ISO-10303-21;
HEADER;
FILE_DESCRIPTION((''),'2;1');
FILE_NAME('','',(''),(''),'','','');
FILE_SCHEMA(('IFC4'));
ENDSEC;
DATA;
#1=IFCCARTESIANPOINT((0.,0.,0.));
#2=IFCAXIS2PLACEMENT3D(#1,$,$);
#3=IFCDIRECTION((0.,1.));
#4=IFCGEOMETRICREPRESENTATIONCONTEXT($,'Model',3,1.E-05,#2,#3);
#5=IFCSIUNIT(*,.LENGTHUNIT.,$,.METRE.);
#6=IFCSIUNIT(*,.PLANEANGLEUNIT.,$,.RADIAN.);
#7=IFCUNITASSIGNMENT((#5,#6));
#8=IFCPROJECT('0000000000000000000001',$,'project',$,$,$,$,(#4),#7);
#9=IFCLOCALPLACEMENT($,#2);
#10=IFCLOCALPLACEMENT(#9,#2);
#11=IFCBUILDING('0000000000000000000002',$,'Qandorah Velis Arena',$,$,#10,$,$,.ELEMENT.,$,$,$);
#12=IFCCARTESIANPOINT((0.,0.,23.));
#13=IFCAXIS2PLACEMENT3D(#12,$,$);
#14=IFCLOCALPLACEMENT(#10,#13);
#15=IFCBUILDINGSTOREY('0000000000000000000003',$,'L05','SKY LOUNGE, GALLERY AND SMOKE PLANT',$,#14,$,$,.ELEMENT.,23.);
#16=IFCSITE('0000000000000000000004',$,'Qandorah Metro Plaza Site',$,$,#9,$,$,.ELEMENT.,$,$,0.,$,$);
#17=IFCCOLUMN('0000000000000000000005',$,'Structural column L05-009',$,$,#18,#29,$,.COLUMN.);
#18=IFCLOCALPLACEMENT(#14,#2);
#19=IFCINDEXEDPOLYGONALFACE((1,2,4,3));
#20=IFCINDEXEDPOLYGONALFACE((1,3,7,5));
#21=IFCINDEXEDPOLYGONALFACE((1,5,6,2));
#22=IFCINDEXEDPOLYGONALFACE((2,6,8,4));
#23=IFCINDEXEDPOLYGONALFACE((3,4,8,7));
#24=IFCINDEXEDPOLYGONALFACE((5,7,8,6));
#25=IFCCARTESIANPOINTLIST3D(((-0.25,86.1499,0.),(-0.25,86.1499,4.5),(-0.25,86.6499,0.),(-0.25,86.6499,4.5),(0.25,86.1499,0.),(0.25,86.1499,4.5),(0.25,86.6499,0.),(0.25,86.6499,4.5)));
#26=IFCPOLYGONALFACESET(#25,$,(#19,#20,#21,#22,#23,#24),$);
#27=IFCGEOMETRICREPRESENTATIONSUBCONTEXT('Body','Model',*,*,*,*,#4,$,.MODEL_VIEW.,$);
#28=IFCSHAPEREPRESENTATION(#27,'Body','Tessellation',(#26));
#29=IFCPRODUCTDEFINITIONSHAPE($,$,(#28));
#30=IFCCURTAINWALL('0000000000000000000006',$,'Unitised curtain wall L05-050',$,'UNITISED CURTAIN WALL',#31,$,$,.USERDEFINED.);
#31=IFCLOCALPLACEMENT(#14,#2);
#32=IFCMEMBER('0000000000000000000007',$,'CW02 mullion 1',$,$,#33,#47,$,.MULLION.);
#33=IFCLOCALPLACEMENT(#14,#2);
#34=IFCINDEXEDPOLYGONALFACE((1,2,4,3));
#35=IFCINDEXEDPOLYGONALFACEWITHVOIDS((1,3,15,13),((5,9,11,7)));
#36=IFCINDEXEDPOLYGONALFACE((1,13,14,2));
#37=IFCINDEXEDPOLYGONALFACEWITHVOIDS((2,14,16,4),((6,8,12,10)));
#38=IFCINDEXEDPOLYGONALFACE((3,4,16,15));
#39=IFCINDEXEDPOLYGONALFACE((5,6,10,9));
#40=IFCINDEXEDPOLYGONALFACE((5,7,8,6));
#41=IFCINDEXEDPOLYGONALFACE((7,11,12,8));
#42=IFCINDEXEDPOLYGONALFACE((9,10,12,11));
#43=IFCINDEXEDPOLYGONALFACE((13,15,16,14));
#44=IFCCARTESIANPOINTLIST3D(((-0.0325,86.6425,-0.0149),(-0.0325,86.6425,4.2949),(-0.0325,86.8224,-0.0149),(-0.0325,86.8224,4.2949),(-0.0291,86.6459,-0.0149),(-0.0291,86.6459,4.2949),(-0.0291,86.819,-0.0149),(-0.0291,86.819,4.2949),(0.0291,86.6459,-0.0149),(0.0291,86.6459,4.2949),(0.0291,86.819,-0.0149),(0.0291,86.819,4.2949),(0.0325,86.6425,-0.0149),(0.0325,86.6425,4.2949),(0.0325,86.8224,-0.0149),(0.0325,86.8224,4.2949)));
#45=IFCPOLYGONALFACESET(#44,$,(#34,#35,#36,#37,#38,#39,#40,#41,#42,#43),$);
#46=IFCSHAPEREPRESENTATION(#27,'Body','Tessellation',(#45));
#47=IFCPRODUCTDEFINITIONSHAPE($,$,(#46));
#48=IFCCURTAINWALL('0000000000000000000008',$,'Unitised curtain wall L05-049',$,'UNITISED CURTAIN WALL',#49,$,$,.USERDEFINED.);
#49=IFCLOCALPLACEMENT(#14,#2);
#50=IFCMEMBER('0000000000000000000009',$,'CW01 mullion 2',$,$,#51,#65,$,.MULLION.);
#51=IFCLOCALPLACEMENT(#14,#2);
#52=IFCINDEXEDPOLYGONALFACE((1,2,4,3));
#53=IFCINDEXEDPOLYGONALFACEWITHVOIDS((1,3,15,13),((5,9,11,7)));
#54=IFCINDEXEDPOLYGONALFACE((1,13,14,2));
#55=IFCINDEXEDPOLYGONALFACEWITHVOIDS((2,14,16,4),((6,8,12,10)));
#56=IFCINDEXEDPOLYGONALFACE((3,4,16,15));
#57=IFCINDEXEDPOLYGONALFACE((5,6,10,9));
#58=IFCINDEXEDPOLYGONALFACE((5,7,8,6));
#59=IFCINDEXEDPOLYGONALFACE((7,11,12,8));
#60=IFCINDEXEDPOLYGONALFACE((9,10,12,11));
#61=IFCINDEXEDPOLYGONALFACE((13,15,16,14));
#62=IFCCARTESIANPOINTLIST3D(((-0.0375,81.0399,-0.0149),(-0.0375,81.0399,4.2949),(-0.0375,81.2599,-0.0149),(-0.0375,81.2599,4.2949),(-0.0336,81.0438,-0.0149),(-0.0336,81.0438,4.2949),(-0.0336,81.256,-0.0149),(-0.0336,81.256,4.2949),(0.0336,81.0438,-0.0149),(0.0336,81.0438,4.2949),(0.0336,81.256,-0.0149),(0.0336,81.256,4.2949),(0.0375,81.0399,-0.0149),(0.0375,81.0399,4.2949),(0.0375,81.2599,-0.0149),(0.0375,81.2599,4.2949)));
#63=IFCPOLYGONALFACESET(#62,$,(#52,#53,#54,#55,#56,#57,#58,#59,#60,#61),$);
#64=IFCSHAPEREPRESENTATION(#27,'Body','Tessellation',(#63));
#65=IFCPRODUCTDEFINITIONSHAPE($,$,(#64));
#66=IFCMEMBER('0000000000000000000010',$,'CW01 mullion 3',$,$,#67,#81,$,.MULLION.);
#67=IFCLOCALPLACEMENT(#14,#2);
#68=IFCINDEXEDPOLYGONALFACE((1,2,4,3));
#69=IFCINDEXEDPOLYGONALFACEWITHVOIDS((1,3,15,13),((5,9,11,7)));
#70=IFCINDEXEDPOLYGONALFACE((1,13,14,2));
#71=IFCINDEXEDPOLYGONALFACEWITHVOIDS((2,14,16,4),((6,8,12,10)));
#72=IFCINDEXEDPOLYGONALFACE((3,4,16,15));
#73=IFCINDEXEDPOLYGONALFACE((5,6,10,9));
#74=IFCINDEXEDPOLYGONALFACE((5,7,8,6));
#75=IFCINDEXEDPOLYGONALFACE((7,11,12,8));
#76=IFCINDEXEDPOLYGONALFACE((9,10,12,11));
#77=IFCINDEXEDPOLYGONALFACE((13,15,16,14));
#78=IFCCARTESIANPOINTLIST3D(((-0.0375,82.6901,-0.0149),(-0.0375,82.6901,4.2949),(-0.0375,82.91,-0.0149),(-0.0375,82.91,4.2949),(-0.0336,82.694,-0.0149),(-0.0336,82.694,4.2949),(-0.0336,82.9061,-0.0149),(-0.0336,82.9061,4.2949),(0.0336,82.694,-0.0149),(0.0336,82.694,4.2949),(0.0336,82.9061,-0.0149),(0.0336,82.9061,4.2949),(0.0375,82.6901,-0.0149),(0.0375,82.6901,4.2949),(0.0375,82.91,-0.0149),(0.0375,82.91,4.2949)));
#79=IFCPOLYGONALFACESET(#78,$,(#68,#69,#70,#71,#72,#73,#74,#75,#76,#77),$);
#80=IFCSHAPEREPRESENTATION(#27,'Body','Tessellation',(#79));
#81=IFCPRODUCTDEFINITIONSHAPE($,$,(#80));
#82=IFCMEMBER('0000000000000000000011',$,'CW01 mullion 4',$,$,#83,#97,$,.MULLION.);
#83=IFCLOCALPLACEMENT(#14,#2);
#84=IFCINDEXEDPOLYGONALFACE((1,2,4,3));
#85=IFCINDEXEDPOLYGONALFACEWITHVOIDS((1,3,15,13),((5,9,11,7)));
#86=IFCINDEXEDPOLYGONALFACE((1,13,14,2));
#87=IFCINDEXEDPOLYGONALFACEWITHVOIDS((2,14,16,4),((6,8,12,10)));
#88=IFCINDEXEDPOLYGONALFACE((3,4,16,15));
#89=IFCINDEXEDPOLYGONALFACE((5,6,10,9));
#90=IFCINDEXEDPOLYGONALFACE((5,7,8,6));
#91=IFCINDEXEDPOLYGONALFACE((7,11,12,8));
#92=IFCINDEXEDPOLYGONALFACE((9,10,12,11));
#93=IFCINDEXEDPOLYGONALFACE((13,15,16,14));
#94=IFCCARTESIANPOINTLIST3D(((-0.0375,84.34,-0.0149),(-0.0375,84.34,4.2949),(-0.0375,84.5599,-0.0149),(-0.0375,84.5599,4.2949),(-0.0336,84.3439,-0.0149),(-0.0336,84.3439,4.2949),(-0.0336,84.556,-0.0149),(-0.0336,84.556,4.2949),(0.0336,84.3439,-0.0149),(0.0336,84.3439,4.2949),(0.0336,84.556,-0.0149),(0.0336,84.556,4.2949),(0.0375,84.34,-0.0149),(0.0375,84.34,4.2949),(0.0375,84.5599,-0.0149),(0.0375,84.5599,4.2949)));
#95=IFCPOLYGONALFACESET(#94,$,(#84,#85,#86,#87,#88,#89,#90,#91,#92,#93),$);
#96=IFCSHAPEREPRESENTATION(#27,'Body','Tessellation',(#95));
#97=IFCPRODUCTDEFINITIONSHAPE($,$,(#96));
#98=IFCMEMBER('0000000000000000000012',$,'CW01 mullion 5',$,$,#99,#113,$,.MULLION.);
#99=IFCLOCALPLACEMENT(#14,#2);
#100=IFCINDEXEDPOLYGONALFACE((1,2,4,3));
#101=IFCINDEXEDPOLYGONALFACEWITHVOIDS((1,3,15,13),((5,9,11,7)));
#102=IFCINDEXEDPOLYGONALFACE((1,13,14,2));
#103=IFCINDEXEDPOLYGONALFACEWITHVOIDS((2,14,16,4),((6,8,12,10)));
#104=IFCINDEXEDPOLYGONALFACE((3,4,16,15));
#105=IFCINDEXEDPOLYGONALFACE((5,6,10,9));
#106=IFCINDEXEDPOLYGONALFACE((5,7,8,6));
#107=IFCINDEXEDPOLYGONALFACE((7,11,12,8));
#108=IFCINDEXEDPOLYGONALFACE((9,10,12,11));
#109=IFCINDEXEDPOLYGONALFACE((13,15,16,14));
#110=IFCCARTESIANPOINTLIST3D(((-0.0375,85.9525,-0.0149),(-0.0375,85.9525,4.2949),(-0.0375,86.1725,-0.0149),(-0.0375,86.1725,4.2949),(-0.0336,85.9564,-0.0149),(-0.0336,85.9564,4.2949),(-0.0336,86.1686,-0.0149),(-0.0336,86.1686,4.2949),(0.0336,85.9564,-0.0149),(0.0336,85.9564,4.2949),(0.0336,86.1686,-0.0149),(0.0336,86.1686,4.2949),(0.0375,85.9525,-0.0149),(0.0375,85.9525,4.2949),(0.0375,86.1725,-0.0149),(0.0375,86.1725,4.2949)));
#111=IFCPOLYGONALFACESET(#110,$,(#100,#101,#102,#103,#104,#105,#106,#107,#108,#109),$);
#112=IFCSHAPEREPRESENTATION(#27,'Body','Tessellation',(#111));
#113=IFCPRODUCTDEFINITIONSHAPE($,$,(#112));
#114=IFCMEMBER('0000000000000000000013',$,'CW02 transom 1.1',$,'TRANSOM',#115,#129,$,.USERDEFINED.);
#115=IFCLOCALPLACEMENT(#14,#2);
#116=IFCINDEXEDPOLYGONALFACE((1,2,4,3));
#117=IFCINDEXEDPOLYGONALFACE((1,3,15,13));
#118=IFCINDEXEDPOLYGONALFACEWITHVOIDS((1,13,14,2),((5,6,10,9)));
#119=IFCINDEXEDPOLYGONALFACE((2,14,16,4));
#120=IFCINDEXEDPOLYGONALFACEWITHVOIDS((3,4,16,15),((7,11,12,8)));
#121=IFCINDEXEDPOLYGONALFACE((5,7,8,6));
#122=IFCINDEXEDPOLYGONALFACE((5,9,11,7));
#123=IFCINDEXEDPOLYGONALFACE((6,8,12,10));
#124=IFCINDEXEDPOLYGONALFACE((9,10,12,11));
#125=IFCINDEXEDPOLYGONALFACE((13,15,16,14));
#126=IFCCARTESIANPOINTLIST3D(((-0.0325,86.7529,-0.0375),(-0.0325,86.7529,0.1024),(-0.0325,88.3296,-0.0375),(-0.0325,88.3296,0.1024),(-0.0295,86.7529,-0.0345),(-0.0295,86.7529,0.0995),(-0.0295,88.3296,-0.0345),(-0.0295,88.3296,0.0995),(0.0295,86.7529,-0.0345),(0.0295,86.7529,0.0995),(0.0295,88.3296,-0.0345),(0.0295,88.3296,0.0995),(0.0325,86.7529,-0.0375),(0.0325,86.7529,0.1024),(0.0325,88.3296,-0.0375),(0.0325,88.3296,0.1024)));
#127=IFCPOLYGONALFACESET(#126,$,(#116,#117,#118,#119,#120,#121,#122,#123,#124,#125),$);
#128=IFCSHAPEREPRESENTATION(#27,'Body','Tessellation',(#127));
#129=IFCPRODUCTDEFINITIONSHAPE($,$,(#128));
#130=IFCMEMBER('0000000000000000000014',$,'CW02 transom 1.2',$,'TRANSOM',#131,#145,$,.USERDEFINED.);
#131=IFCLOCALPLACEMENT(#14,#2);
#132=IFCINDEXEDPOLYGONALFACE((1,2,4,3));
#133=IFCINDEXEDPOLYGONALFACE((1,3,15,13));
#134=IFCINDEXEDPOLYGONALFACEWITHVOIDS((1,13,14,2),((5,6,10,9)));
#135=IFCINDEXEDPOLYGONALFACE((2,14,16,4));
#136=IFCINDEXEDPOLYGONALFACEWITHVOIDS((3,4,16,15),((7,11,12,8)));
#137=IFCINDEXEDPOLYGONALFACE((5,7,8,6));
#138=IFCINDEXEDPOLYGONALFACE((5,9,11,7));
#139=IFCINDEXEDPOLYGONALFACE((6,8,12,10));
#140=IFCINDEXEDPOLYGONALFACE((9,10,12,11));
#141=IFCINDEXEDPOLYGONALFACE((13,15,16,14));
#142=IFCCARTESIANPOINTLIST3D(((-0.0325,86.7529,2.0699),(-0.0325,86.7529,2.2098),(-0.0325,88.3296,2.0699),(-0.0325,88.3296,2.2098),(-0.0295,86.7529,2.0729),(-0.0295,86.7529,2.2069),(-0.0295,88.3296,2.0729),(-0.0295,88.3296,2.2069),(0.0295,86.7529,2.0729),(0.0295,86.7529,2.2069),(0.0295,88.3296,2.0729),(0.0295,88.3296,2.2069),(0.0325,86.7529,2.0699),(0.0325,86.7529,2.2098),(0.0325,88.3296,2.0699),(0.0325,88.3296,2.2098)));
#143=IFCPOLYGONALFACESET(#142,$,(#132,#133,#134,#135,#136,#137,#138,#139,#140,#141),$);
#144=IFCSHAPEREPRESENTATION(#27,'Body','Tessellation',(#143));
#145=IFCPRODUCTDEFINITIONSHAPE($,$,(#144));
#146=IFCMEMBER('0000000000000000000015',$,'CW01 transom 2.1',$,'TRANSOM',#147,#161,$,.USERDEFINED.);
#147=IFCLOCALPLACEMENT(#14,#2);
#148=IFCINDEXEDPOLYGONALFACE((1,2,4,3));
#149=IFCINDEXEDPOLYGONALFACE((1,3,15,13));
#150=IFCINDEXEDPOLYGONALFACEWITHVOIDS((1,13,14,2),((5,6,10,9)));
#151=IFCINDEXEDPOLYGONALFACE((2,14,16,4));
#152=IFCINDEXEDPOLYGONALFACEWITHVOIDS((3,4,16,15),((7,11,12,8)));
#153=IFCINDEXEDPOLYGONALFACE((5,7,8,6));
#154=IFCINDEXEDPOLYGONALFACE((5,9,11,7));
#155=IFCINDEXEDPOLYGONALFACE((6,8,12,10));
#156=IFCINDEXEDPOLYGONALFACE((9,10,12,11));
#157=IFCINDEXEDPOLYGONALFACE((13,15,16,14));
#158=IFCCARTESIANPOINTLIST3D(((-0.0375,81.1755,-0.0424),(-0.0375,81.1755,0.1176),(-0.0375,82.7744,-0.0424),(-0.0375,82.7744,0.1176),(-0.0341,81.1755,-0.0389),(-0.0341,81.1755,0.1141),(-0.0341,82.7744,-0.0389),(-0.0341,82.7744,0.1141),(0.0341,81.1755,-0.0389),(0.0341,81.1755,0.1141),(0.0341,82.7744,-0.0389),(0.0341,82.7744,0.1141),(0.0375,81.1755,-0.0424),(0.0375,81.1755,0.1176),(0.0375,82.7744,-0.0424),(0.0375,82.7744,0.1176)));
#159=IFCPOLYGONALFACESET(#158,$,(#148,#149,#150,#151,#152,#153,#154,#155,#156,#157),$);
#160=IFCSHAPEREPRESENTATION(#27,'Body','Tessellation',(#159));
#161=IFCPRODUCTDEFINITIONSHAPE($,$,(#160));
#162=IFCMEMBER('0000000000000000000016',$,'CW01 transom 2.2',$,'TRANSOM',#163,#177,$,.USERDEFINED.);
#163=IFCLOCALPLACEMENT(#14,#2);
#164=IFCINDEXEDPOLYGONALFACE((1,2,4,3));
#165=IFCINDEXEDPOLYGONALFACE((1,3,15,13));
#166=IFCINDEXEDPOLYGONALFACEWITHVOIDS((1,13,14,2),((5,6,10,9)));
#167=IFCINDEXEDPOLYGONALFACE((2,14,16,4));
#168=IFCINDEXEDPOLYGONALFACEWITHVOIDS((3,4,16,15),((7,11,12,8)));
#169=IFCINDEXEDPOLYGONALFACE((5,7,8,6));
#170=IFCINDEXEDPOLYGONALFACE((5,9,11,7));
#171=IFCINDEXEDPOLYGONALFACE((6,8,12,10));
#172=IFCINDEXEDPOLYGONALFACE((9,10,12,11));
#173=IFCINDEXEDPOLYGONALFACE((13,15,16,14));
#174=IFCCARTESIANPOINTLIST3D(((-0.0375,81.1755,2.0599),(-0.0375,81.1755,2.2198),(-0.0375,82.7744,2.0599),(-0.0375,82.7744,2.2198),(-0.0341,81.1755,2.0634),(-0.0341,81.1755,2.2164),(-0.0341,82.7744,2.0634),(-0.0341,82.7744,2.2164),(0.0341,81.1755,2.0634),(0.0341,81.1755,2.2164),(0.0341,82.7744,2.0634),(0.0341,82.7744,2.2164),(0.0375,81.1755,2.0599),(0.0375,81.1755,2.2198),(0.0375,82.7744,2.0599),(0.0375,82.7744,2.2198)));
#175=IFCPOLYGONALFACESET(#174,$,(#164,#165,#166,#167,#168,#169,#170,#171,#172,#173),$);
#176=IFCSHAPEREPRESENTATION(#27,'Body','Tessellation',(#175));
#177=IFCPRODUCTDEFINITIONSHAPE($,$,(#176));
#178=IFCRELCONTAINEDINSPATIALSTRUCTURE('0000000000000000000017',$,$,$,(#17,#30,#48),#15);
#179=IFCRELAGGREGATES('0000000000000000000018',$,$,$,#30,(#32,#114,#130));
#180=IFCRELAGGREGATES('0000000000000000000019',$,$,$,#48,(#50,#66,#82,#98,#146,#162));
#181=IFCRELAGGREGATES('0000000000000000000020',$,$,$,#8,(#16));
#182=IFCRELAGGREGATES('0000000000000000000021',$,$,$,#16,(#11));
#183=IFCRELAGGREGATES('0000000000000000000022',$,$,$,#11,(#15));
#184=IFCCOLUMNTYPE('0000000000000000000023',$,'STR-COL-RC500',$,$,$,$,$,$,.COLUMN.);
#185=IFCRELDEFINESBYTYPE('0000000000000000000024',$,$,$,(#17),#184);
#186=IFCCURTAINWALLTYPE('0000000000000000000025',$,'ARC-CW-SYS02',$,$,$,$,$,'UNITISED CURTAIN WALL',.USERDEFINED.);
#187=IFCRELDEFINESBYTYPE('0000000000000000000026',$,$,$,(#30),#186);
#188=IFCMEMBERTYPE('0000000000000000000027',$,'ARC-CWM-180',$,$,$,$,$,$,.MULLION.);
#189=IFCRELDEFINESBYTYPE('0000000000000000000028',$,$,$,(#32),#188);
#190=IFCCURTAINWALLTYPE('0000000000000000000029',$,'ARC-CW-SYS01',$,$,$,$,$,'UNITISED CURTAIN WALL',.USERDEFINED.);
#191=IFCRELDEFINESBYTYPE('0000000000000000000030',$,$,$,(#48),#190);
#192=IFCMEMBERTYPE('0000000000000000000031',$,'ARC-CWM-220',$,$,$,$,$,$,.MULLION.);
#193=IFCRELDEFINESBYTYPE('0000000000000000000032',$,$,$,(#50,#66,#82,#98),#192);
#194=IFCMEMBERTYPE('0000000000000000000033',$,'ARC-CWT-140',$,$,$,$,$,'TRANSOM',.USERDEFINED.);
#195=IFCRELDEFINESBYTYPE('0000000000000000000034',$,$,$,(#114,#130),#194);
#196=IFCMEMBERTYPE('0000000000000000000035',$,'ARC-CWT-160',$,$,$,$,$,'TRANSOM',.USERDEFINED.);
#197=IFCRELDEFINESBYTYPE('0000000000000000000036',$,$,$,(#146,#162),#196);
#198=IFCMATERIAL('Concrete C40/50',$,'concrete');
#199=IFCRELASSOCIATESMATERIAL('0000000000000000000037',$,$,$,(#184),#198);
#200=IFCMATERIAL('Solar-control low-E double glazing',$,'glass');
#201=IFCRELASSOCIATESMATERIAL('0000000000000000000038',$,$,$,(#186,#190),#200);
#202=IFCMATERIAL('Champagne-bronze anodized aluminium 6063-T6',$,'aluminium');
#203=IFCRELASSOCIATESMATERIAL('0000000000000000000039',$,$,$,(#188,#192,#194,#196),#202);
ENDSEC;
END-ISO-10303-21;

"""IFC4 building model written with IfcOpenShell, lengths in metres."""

from ifc_helpers import new_model, si_unit, direction, frame, origin, origin_2d, place, context, subcontext, project, spatial, rectangle, hollow_rectangle, extrude, material, material_profile, profile_set, type_object, element, aggregate, save


model = new_model("IFC4")

# Units and contexts
model_context = context("Model", 3, precision=1e-05, world=origin(), true_north=direction((0.0, 1.0)))
body_context = subcontext(model_context, "Body", "Model", "MODEL_VIEW")
ifc_project = project(units=[si_unit("LENGTHUNIT", "METRE"), si_unit("PLANEANGLEUNIT", "RADIAN")], contexts=[model_context])

# Site, building, storey
site_placement = place(None, origin())
site = spatial("IfcSite", under=ifc_project, at=site_placement, Name="Qandorah Metro Plaza Site", CompositionType="ELEMENT", RefElevation=0.0)
building_placement = place(site_placement, origin())
building = spatial("IfcBuilding", under=site, at=building_placement, Name="Qandorah Velis Arena", CompositionType="ELEMENT")
storey_placement = place(building_placement, frame((0.0, 0.0, 23.0)))
storey = spatial("IfcBuildingStorey", under=building, at=storey_placement, Name="L05", Description="SKY LOUNGE, GALLERY AND SMOKE PLANT", CompositionType="ELEMENT", Elevation=23.0)

# Column
ifc_material_1 = material(Name="Concrete C40/50", Category="concrete")
ifc_material_profile_1 = material_profile(ifc_material_1, rectangle(XDim=0.5, YDim=0.5, at=origin_2d()), Name="RC COL 500x500")
ifc_profile_set_1 = profile_set([ifc_material_profile_1], Name="Concrete C40/50")
column_type = type_object("IfcColumnType", Name="STR-COL-RC500", PredefinedType="COLUMN", material=ifc_profile_set_1)
column_placement = place(storey_placement, frame((0.0, 86.3999, 0.0), z_axis=(0.0, 0.0, 1.0), x_axis=(1.0, 0.0, 0.0)))
element("IfcColumn", 1, at=column_placement, inside=storey, type_object=column_type, Name="Structural column L05-009", PredefinedType="COLUMN", context=body_context, shape_type="SweptSolid", body=[
    extrude(rectangle(XDim=0.5, YDim=0.5, at=origin_2d()), origin(), (0.0, 0.0, 1.0), 4.5),
])

# Curtain wall, member
ifc_material_2 = material(Name="Solar-control low-E double glazing", Category="glass")
curtain_wall_type_1 = type_object("IfcCurtainWallType", Name="ARC-CW-SYS02", ElementType="UNITISED CURTAIN WALL", PredefinedType="USERDEFINED", material=ifc_material_2)
curtain_wall_1_placement = place(storey_placement, origin())
curtain_wall_1 = element("IfcCurtainWall", 2, at=curtain_wall_1_placement, inside=storey, type_object=curtain_wall_type_1, Name="Unitised curtain wall L05-050", ObjectType="UNITISED CURTAIN WALL", PredefinedType="USERDEFINED")
ifc_material_3 = material(Name="Champagne-bronze anodized aluminium 6063-T6", Category="aluminium")
ifc_material_profile_2 = material_profile(ifc_material_3, hollow_rectangle(XDim=0.0649, YDim=0.1799, WallThickness=0.0034, at=origin_2d()), Name="ALU MULLION 65x180")
ifc_profile_set_2 = profile_set([ifc_material_profile_2], Name="Champagne-bronze anodized aluminium 6063-T6")
member_type_1 = type_object("IfcMemberType", Name="ARC-CWM-180", PredefinedType="MULLION", material=ifc_profile_set_2)
member_1_placement = place(storey_placement, frame((0.0, 86.7324, -0.0149), z_axis=(0.0, 0.0, 1.0), x_axis=(-1.0, 0.0, 0.0)))
member_1 = element("IfcMember", 3, at=member_1_placement, type_object=member_type_1, Name="CW02 mullion 1", PredefinedType="MULLION", context=body_context, shape_type="SweptSolid", body=[
    extrude(hollow_rectangle(XDim=0.0649, YDim=0.1799, WallThickness=0.0034, at=origin_2d()), origin(), (0.0, 0.0, 1.0), 4.3098),
])

# Curtain wall, members
curtain_wall_type_2 = type_object("IfcCurtainWallType", Name="ARC-CW-SYS01", ElementType="UNITISED CURTAIN WALL", PredefinedType="USERDEFINED", material=ifc_material_2)
curtain_wall_2_placement = place(storey_placement, origin())
curtain_wall_2 = element("IfcCurtainWall", 4, at=curtain_wall_2_placement, inside=storey, type_object=curtain_wall_type_2, Name="Unitised curtain wall L05-049", ObjectType="UNITISED CURTAIN WALL", PredefinedType="USERDEFINED")
ifc_material_profile_3 = material_profile(ifc_material_3, hollow_rectangle(XDim=0.075, YDim=0.22, WallThickness=0.0039, at=origin_2d()), Name="ALU MULLION 75x220")
ifc_profile_set_3 = profile_set([ifc_material_profile_3], Name="Champagne-bronze anodized aluminium 6063-T6")
member_type_2 = type_object("IfcMemberType", Name="ARC-CWM-220", PredefinedType="MULLION", material=ifc_profile_set_3)
member_2_placement = place(storey_placement, frame((0.0, 81.1499, -0.0149), z_axis=(0.0, 0.0, 1.0), x_axis=(-1.0, 0.0, 0.0)))
member_2 = element("IfcMember", 5, at=member_2_placement, type_object=member_type_2, Name="CW01 mullion 2", PredefinedType="MULLION", context=body_context, shape_type="SweptSolid", body=[
    extrude(hollow_rectangle(XDim=0.075, YDim=0.22, WallThickness=0.0039, at=origin_2d()), origin(), (0.0, 0.0, 1.0), 4.3098),
])
member_3_placement = place(storey_placement, frame((0.0, 82.8, -0.0149), z_axis=(0.0, 0.0, 1.0), x_axis=(-1.0, 0.0, 0.0)))
member_3 = element("IfcMember", 6, at=member_3_placement, type_object=member_type_2, Name="CW01 mullion 3", PredefinedType="MULLION", context=body_context, shape_type="SweptSolid", body=[
    extrude(hollow_rectangle(XDim=0.075, YDim=0.22, WallThickness=0.0039, at=origin_2d()), origin(), (0.0, 0.0, 1.0), 4.3098),
])
member_4_placement = place(storey_placement, frame((0.0, 84.45, -0.0149), z_axis=(0.0, 0.0, 1.0), x_axis=(-1.0, 0.0, 0.0)))
member_4 = element("IfcMember", 7, at=member_4_placement, type_object=member_type_2, Name="CW01 mullion 4", PredefinedType="MULLION", context=body_context, shape_type="SweptSolid", body=[
    extrude(hollow_rectangle(XDim=0.075, YDim=0.22, WallThickness=0.0039, at=origin_2d()), origin(), (0.0, 0.0, 1.0), 4.3098),
])
member_5_placement = place(storey_placement, frame((0.0, 86.0625, -0.0149), z_axis=(0.0, 0.0, 1.0), x_axis=(-1.0, 0.0, 0.0)))
member_5 = element("IfcMember", 8, at=member_5_placement, type_object=member_type_2, Name="CW01 mullion 5", PredefinedType="MULLION", context=body_context, shape_type="SweptSolid", body=[
    extrude(hollow_rectangle(XDim=0.075, YDim=0.22, WallThickness=0.0039, at=origin_2d()), origin(), (0.0, 0.0, 1.0), 4.3098),
])

# Members
ifc_material_profile_4 = material_profile(ifc_material_3, hollow_rectangle(XDim=0.0649, YDim=0.1399, WallThickness=0.0029, at=origin_2d()), Name="ALU TRANSOM 65x140")
ifc_profile_set_4 = profile_set([ifc_material_profile_4], Name="Champagne-bronze anodized aluminium 6063-T6")
member_type_3 = type_object("IfcMemberType", Name="ARC-CWT-140", ElementType="TRANSOM", PredefinedType="USERDEFINED", material=ifc_profile_set_4)
member_6_placement = place(storey_placement, frame((0.0, 86.7529, 0.0325), z_axis=(0.0, 1.0, 0.0), x_axis=(-1.0, 0.0, 0.0)))
member_6 = element("IfcMember", 9, at=member_6_placement, type_object=member_type_3, Name="CW02 transom 1.1", ObjectType="TRANSOM", PredefinedType="USERDEFINED", context=body_context, shape_type="SweptSolid", body=[
    extrude(hollow_rectangle(XDim=0.0649, YDim=0.1399, WallThickness=0.0029, at=origin_2d()), origin(), (0.0, 0.0, 1.0), 1.5767),
])
member_7_placement = place(storey_placement, frame((0.0, 86.7529, 2.1399), z_axis=(0.0, 1.0, 0.0), x_axis=(-1.0, 0.0, 0.0)))
member_7 = element("IfcMember", 10, at=member_7_placement, type_object=member_type_3, Name="CW02 transom 1.2", ObjectType="TRANSOM", PredefinedType="USERDEFINED", context=body_context, shape_type="SweptSolid", body=[
    extrude(hollow_rectangle(XDim=0.0649, YDim=0.1399, WallThickness=0.0029, at=origin_2d()), origin(), (0.0, 0.0, 1.0), 1.5767),
])
aggregate(curtain_wall_1, [member_1, member_6, member_7])
ifc_material_profile_5 = material_profile(ifc_material_3, hollow_rectangle(XDim=0.075, YDim=0.1599, WallThickness=0.0034, at=origin_2d()), Name="ALU TRANSOM 75x160")
ifc_profile_set_5 = profile_set([ifc_material_profile_5], Name="Champagne-bronze anodized aluminium 6063-T6")
member_type_4 = type_object("IfcMemberType", Name="ARC-CWT-160", ElementType="TRANSOM", PredefinedType="USERDEFINED", material=ifc_profile_set_5)
member_8_placement = place(storey_placement, frame((0.0, 81.1755, 0.0376), z_axis=(0.0, 1.0, 0.0), x_axis=(-1.0, 0.0, 0.0)))
member_8 = element("IfcMember", 11, at=member_8_placement, type_object=member_type_4, Name="CW01 transom 2.1", ObjectType="TRANSOM", PredefinedType="USERDEFINED", context=body_context, shape_type="SweptSolid", body=[
    extrude(hollow_rectangle(XDim=0.075, YDim=0.1599, WallThickness=0.0034, at=origin_2d()), origin(), (0.0, 0.0, 1.0), 1.5989),
])
member_9_placement = place(storey_placement, frame((0.0, 81.1755, 2.1399), z_axis=(0.0, 1.0, 0.0), x_axis=(-1.0, 0.0, 0.0)))
member_9 = element("IfcMember", 12, at=member_9_placement, type_object=member_type_4, Name="CW01 transom 2.2", ObjectType="TRANSOM", PredefinedType="USERDEFINED", context=body_context, shape_type="SweptSolid", body=[
    extrude(hollow_rectangle(XDim=0.075, YDim=0.1599, WallThickness=0.0034, at=origin_2d()), origin(), (0.0, 0.0, 1.0), 1.5989),
])

aggregate(curtain_wall_2, [member_2, member_3, member_4, member_5, member_8, member_9])

save(model, "model.ifc")
